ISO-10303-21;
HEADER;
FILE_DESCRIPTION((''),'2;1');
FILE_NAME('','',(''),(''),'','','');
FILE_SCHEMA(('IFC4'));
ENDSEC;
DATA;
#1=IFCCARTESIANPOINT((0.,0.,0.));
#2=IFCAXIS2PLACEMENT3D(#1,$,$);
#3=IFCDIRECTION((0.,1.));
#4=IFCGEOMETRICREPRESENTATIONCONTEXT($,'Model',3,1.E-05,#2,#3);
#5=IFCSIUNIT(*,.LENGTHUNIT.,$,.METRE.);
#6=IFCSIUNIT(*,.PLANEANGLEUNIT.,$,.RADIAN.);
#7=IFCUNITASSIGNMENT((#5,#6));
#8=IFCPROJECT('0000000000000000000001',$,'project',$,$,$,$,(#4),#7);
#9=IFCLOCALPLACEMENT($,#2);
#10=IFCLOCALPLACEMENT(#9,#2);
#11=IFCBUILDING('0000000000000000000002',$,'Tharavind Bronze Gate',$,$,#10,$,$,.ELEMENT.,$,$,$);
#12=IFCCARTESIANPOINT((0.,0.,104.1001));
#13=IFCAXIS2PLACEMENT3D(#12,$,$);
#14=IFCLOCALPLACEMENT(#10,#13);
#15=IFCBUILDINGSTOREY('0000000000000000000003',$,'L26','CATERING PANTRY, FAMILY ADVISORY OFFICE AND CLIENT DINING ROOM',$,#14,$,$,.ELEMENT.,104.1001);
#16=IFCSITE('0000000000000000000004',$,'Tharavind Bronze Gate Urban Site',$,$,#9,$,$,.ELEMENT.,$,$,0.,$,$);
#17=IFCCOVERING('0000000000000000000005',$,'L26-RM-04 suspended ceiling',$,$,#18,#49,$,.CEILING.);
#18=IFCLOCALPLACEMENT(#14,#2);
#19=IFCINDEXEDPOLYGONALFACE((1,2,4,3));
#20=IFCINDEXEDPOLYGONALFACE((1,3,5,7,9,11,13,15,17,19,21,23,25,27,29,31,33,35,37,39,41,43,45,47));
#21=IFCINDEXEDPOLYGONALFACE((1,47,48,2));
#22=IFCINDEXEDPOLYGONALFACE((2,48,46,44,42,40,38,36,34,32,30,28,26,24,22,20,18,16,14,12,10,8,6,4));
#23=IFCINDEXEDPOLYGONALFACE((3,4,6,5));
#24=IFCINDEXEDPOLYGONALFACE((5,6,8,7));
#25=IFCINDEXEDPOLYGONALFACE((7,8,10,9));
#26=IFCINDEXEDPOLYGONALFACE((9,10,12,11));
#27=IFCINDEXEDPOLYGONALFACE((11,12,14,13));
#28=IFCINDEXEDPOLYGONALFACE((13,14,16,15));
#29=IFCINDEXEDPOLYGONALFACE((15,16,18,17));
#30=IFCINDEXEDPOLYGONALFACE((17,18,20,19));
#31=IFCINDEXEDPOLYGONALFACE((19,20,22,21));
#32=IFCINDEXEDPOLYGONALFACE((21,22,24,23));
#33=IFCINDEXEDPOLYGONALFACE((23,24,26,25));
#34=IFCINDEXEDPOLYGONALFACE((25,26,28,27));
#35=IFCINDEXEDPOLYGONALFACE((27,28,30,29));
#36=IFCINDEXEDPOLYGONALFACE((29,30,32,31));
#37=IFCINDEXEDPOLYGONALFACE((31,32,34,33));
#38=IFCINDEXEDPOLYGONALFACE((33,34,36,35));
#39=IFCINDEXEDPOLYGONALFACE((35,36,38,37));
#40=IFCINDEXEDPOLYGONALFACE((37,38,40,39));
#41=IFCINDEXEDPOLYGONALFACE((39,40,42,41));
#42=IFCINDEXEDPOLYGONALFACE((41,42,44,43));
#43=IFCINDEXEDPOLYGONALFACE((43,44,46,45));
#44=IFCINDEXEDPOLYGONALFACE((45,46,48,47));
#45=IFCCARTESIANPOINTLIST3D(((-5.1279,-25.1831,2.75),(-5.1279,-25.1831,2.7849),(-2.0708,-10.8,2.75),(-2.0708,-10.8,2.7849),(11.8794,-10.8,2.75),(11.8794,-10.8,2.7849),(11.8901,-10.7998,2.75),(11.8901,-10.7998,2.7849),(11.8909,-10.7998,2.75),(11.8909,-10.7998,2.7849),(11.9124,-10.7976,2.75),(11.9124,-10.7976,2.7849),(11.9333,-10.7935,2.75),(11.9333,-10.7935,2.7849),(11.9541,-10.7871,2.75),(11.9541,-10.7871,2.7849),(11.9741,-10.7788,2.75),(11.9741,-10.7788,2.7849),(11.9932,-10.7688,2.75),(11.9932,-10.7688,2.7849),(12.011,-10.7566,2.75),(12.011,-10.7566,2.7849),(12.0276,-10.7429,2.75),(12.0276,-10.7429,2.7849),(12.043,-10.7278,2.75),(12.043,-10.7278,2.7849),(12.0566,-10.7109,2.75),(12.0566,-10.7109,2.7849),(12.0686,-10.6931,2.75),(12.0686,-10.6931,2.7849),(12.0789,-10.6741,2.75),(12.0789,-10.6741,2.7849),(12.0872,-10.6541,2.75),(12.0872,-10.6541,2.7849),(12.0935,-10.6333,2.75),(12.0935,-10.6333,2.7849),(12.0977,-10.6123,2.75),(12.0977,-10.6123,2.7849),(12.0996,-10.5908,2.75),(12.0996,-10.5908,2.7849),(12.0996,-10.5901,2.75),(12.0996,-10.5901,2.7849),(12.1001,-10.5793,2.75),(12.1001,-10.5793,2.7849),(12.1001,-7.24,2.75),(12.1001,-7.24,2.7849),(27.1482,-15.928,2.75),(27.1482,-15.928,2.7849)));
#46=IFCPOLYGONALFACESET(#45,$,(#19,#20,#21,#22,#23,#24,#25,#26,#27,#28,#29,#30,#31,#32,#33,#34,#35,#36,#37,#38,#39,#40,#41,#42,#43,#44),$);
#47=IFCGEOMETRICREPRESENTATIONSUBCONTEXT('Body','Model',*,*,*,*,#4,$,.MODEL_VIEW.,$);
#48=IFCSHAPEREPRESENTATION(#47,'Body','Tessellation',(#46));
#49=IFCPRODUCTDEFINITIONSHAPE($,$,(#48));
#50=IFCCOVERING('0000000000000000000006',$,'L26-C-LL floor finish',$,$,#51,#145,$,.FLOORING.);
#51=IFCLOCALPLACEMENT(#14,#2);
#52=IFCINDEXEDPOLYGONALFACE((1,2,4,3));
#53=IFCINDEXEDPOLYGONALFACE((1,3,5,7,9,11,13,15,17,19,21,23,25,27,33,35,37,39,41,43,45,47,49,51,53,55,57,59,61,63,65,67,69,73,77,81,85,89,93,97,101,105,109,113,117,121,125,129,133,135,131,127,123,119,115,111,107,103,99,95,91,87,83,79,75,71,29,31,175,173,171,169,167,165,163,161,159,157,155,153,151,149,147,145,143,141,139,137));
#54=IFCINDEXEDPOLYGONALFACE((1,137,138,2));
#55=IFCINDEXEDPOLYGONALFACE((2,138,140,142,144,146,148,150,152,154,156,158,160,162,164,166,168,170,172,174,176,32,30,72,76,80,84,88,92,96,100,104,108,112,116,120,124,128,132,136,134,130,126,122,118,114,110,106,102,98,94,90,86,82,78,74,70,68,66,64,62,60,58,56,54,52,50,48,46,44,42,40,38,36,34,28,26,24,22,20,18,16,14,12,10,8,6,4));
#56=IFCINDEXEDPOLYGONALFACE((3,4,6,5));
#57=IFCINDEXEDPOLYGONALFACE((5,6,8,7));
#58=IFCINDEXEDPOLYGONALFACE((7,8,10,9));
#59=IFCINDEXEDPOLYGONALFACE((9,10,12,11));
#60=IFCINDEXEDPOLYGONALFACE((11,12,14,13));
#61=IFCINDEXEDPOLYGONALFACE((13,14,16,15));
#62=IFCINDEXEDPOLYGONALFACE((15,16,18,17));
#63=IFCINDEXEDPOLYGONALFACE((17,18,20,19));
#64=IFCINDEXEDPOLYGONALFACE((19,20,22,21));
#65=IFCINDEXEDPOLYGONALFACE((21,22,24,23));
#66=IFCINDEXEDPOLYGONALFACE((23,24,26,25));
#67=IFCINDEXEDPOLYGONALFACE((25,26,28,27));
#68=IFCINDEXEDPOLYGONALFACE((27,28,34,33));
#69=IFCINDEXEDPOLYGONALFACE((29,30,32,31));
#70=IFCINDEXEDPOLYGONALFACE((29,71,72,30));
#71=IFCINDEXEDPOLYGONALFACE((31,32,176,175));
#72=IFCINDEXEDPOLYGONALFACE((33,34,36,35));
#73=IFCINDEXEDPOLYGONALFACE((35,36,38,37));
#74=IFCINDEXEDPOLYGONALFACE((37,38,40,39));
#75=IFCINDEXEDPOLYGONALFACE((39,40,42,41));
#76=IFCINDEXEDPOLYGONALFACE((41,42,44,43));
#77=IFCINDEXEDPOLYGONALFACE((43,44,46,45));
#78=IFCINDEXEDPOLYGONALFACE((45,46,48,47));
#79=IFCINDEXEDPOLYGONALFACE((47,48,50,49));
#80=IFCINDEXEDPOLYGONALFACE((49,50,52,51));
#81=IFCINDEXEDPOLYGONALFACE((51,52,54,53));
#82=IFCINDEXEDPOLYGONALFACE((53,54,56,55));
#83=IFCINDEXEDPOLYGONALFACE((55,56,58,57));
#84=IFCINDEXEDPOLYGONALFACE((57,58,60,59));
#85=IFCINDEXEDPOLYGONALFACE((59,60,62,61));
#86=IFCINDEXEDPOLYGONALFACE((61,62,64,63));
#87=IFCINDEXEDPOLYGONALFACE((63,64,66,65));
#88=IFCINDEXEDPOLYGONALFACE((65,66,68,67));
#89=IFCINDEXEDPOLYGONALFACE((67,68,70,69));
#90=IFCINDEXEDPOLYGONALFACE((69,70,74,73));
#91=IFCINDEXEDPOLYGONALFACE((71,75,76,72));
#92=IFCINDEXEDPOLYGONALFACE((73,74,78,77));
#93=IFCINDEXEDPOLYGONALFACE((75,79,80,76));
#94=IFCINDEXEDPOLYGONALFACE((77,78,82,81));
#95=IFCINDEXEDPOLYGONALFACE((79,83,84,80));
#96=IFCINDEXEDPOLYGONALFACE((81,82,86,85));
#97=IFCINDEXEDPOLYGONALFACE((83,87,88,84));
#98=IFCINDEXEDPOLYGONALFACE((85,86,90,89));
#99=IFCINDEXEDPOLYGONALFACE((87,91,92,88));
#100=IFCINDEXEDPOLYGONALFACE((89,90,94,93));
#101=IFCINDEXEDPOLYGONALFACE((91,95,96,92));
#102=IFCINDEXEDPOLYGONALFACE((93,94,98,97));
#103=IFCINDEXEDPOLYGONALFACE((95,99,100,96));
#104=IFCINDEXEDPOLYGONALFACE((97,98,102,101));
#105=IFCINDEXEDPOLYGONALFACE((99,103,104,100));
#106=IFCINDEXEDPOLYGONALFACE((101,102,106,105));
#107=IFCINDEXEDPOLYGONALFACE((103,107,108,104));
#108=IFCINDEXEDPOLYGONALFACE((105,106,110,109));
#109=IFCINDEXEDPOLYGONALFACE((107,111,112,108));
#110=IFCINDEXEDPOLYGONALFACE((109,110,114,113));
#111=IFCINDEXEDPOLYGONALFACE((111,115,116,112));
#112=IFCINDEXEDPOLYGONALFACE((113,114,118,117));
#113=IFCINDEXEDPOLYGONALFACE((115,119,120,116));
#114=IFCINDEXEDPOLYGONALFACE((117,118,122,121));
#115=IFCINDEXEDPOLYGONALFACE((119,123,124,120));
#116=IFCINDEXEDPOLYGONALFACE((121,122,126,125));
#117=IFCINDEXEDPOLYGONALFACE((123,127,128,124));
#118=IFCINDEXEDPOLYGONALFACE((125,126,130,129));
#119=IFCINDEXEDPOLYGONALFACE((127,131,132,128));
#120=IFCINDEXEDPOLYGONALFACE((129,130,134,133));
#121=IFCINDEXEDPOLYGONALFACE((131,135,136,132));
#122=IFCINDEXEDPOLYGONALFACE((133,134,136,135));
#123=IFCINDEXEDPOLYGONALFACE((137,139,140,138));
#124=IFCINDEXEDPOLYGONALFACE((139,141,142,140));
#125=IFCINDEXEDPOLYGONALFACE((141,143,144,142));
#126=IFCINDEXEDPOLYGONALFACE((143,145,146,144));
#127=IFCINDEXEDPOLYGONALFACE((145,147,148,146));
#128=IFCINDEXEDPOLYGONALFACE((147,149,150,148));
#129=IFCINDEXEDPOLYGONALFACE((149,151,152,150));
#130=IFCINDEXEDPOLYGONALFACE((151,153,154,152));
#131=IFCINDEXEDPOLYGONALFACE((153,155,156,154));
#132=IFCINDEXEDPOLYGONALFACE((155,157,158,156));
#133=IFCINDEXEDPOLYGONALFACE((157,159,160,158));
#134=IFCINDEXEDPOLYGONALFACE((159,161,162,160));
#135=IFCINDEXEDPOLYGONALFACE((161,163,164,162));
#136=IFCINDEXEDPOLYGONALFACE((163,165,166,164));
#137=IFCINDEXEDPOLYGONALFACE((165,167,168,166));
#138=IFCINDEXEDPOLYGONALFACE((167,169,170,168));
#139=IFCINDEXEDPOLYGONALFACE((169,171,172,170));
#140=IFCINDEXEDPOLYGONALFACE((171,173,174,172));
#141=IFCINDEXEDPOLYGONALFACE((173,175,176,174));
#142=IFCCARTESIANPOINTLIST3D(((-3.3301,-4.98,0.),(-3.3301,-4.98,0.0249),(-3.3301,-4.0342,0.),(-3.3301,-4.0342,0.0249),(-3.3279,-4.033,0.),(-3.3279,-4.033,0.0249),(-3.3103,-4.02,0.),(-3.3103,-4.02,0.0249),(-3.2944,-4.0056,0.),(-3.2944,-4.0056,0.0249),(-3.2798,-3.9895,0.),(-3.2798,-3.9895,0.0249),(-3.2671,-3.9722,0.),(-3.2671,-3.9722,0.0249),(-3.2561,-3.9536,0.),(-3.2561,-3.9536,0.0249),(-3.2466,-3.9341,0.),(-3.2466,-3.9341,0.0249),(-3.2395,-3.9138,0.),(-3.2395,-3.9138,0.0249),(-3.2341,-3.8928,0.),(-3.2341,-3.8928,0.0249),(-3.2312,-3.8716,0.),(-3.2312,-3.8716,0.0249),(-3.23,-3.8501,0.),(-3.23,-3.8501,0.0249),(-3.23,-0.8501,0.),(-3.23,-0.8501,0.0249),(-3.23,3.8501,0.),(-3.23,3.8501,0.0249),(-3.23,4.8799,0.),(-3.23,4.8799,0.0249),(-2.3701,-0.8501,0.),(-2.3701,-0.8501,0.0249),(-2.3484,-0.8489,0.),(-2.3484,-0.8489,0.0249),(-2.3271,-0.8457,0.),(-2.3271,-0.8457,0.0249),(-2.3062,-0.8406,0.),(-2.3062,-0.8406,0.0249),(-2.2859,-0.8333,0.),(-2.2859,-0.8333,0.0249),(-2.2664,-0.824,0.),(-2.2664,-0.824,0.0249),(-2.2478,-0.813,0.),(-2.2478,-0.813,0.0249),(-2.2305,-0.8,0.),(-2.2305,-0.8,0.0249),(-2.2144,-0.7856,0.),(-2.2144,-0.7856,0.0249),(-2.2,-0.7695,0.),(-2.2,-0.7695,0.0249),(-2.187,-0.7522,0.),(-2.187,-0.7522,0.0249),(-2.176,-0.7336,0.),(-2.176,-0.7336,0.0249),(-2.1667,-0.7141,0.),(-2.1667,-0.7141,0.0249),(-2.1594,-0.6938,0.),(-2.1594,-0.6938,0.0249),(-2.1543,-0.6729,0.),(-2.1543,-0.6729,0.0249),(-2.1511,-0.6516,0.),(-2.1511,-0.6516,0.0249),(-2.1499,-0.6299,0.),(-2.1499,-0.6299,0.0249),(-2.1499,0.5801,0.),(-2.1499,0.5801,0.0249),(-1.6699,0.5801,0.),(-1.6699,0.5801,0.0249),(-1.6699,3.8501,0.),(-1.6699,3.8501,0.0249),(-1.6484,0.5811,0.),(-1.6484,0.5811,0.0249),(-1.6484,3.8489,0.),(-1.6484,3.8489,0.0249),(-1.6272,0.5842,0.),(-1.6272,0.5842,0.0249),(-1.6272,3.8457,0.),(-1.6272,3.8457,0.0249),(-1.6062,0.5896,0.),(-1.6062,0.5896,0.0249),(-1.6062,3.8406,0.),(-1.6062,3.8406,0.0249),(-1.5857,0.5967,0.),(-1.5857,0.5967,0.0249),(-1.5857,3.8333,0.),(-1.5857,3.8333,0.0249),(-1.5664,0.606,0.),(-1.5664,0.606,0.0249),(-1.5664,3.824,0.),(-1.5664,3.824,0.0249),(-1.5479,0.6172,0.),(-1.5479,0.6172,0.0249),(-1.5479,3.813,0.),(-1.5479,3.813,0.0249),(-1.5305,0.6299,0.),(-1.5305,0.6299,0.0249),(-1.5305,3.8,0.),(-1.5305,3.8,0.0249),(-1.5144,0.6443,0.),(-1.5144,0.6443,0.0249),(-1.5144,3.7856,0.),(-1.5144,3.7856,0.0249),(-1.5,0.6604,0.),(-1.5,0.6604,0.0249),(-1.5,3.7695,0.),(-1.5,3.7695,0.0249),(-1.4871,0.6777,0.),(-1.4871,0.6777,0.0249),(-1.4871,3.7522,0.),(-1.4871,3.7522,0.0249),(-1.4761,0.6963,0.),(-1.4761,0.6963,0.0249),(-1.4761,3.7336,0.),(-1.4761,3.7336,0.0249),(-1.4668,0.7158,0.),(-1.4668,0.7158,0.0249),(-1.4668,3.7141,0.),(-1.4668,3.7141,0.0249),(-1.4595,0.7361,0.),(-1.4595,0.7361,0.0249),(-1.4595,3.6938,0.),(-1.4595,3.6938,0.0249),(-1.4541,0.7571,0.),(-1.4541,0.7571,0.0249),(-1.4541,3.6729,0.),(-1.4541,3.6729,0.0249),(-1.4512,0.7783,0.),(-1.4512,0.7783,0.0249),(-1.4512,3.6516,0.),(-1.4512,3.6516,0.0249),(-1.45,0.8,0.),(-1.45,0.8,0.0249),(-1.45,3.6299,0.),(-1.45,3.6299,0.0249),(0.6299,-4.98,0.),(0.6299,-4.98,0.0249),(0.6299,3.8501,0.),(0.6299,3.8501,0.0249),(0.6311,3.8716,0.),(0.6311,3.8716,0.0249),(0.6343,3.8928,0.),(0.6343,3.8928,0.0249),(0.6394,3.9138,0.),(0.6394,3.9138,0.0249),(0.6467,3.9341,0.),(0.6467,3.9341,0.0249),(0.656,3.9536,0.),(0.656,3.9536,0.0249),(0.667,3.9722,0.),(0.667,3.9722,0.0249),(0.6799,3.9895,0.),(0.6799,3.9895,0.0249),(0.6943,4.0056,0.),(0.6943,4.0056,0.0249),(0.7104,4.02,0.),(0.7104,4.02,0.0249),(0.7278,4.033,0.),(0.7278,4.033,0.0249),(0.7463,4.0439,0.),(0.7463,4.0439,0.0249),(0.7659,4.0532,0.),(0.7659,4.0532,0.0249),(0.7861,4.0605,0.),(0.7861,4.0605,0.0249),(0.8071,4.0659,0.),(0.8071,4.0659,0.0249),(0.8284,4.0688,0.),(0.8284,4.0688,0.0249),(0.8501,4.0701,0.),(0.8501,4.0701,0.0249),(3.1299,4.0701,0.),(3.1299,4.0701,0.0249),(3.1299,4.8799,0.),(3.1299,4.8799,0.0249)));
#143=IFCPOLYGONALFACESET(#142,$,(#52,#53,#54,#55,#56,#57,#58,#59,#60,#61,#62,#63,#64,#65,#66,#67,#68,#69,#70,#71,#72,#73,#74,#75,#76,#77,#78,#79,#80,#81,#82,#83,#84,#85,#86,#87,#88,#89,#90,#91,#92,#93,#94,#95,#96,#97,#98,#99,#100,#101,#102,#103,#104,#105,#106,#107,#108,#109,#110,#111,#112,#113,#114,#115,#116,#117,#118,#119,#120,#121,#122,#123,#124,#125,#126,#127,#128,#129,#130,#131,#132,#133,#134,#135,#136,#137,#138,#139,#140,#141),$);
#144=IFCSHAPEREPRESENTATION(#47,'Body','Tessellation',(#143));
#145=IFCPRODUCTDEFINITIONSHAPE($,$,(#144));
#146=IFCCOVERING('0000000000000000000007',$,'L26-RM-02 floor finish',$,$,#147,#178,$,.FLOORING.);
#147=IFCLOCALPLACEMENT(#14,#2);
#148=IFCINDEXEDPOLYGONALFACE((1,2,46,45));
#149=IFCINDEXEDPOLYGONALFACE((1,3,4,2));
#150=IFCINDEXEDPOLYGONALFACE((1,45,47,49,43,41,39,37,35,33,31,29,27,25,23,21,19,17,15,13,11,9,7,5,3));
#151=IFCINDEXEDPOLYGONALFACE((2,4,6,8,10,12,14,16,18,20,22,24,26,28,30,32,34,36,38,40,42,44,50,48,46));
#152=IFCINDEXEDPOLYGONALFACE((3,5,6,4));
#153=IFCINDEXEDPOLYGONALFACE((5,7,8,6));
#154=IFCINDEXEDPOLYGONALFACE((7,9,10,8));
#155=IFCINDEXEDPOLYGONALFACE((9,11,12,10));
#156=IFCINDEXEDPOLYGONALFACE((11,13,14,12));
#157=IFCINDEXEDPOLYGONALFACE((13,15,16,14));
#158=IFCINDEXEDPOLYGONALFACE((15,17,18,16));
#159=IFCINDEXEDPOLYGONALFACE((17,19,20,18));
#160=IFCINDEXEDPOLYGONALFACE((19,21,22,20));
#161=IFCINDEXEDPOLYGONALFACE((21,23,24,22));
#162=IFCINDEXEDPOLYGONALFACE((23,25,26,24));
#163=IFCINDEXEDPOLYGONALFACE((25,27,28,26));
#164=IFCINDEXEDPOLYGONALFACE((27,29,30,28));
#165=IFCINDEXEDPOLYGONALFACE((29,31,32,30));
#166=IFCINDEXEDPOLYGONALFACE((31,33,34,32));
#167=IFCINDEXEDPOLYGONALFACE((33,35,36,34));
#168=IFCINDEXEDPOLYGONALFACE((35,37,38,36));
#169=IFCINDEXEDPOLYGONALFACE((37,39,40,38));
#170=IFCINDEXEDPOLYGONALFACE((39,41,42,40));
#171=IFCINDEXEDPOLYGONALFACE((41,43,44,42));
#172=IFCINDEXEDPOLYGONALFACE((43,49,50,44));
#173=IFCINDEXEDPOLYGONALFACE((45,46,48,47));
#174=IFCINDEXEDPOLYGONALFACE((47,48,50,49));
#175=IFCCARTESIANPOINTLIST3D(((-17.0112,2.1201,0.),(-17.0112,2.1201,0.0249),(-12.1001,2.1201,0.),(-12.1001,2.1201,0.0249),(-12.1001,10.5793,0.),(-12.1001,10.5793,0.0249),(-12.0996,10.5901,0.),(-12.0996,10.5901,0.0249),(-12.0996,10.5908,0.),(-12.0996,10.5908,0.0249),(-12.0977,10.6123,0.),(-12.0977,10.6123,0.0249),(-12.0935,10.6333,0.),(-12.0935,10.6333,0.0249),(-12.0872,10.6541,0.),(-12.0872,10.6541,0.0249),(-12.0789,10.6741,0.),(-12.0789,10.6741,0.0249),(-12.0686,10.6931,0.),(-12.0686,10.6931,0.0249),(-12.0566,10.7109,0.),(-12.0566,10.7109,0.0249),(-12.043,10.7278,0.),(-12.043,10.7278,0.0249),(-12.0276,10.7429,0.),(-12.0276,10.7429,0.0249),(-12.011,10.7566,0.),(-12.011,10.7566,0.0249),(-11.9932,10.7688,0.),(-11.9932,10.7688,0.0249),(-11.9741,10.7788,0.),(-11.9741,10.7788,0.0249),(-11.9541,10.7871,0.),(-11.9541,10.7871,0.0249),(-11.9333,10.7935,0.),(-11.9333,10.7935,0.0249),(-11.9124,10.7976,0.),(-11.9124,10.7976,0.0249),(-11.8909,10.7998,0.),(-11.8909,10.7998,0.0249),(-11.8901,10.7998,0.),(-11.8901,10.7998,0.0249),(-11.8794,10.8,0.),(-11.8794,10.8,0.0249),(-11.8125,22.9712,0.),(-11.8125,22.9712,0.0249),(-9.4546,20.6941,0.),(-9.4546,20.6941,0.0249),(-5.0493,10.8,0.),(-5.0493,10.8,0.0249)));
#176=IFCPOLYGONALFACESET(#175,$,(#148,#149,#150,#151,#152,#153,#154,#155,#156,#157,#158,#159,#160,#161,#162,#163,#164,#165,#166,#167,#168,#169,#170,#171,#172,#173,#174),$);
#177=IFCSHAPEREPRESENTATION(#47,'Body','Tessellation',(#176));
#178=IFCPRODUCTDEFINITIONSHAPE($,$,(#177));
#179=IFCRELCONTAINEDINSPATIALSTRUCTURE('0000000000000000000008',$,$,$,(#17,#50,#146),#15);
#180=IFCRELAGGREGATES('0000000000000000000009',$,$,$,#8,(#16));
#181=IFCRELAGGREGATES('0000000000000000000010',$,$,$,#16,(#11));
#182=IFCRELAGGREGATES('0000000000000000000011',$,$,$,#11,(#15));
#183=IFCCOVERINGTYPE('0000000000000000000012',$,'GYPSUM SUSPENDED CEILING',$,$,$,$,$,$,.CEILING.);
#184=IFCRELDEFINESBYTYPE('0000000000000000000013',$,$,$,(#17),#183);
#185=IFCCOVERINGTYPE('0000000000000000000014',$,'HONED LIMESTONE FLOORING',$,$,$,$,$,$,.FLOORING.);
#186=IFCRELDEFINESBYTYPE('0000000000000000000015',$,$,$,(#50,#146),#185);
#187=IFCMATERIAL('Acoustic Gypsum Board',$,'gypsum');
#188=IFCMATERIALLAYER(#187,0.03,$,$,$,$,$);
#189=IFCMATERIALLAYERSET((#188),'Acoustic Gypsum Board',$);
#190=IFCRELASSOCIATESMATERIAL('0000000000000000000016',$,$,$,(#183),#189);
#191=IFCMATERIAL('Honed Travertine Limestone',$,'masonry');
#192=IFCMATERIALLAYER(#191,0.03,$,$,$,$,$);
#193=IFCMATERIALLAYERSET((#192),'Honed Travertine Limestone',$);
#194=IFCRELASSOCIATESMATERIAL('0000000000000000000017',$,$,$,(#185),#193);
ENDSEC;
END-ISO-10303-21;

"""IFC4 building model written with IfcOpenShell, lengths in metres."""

from ifc_helpers import new_model, si_unit, direction, frame, origin, place, context, subcontext, project, spatial, polyline, outline, extrude, material, layer, layer_set, type_object, element, save


model = new_model("IFC4")

# Units and contexts
model_context = context("Model", 3, precision=1e-05, world=origin(), true_north=direction((0.0, 1.0)))
body_context = subcontext(model_context, "Body", "Model", "MODEL_VIEW")
ifc_project = project(units=[si_unit("LENGTHUNIT", "METRE"), si_unit("PLANEANGLEUNIT", "RADIAN")], contexts=[model_context])

# Site, building, storey
site_placement = place(None, origin())
site = spatial("IfcSite", under=ifc_project, at=site_placement, Name="Tharavind Bronze Gate Urban Site", CompositionType="ELEMENT", RefElevation=0.0)
building_placement = place(site_placement, origin())
building = spatial("IfcBuilding", under=site, at=building_placement, Name="Tharavind Bronze Gate", CompositionType="ELEMENT")
storey_placement = place(building_placement, frame((0.0, 0.0, 104.1001)))
storey = spatial("IfcBuildingStorey", under=building, at=storey_placement, Name="L26", Description="CATERING PANTRY, FAMILY ADVISORY OFFICE AND CLIENT DINING ROOM", CompositionType="ELEMENT", Elevation=104.1001)

# Coverings
ifc_material_1 = material(Name="Acoustic Gypsum Board", Category="gypsum")
ifc_layer_1 = layer(ifc_material_1, 0.03)
ifc_layer_set_1 = layer_set([ifc_layer_1], Name="Acoustic Gypsum Board")
covering_type_1 = type_object("IfcCoveringType", Name="GYPSUM SUSPENDED CEILING", PredefinedType="CEILING", material=ifc_layer_set_1)
covering_1_placement = place(storey_placement, frame((0.0, 0.0, 2.75)))
element("IfcCovering", 1, at=covering_1_placement, inside=storey, type_object=covering_type_1, Name="L26-RM-04 suspended ceiling", PredefinedType="CEILING", context=body_context, shape_type="SweptSolid", body=[
    extrude(outline(polyline([(27.1482, -15.928), (12.1001, -7.24), (12.1001, -10.5793), (12.0996, -10.5901), (12.0996, -10.5908), (12.0977, -10.6123), (12.0935, -10.6333), (12.0872, -10.6541), (12.0789, -10.6741), (12.0686, -10.6931), (12.0566, -10.7109), (12.043, -10.7278), (12.0276, -10.7429), (12.011, -10.7566), (11.9932, -10.7688), (11.9741, -10.7788), (11.9541, -10.7871), (11.9333, -10.7935), (11.9124, -10.7976), (11.8909, -10.7998), (11.8901, -10.7998), (11.8794, -10.8), (-2.0708, -10.8), (-5.1279, -25.1831), (27.1482, -15.928)])), origin(), (0.0, 0.0, 1.0), 0.0349),
])
ifc_material_2 = material(Name="Honed Travertine Limestone", Category="masonry")
ifc_layer_2 = layer(ifc_material_2, 0.03)
ifc_layer_set_2 = layer_set([ifc_layer_2], Name="Honed Travertine Limestone")
covering_type_2 = type_object("IfcCoveringType", Name="HONED LIMESTONE FLOORING", PredefinedType="FLOORING", material=ifc_layer_set_2)
covering_2_placement = place(storey_placement, origin())
element("IfcCovering", 2, at=covering_2_placement, inside=storey, type_object=covering_type_2, Name="L26-C-LL floor finish", PredefinedType="FLOORING", context=body_context, shape_type="SweptSolid", body=[
    extrude(outline(polyline([(-3.3301, -4.98), (0.6299, -4.98), (0.6299, 3.8501), (0.6311, 3.8716), (0.6343, 3.8928), (0.6394, 3.9138), (0.6467, 3.9341), (0.656, 3.9536), (0.667, 3.9722), (0.6799, 3.9895), (0.6943, 4.0056), (0.7104, 4.02), (0.7278, 4.033), (0.7463, 4.0439), (0.7659, 4.0532), (0.7861, 4.0605), (0.8071, 4.0659), (0.8284, 4.0688), (0.8501, 4.0701), (3.1299, 4.0701), (3.1299, 4.8799), (-3.23, 4.8799), (-3.23, 3.8501), (-1.6699, 3.8501), (-1.6484, 3.8489), (-1.6272, 3.8457), (-1.6062, 3.8406), (-1.5857, 3.8333), (-1.5664, 3.824), (-1.5479, 3.813), (-1.5305, 3.8), (-1.5144, 3.7856), (-1.5, 3.7695), (-1.4871, 3.7522), (-1.4761, 3.7336), (-1.4668, 3.7141), (-1.4595, 3.6938), (-1.4541, 3.6729), (-1.4512, 3.6516), (-1.45, 3.6299), (-1.45, 0.8), (-1.4512, 0.7783), (-1.4541, 0.7571), (-1.4595, 0.7361), (-1.4668, 0.7158), (-1.4761, 0.6963), (-1.4871, 0.6777), (-1.5, 0.6604), (-1.5144, 0.6443), (-1.5305, 0.6299), (-1.5479, 0.6172), (-1.5664, 0.606), (-1.5857, 0.5967), (-1.6062, 0.5896), (-1.6272, 0.5842), (-1.6484, 0.5811), (-1.6699, 0.5801), (-2.1499, 0.5801), (-2.1499, -0.6299), (-2.1511, -0.6516), (-2.1543, -0.6729), (-2.1594, -0.6938), (-2.1667, -0.7141), (-2.176, -0.7336), (-2.187, -0.7522), (-2.2, -0.7695), (-2.2144, -0.7856), (-2.2305, -0.8), (-2.2478, -0.813), (-2.2664, -0.824), (-2.2859, -0.8333), (-2.3062, -0.8406), (-2.3271, -0.8457), (-2.3484, -0.8489), (-2.3701, -0.8501), (-3.23, -0.8501), (-3.23, -3.8501), (-3.2312, -3.8716), (-3.2341, -3.8928), (-3.2395, -3.9138), (-3.2466, -3.9341), (-3.2561, -3.9536), (-3.2671, -3.9722), (-3.2798, -3.9895), (-3.2944, -4.0056), (-3.3103, -4.02), (-3.3279, -4.033), (-3.3301, -4.0342), (-3.3301, -4.98)])), origin(), (0.0, 0.0, 1.0), 0.0249),
])
covering_3_placement = place(storey_placement, origin())
element("IfcCovering", 3, at=covering_3_placement, inside=storey, type_object=covering_type_2, Name="L26-RM-02 floor finish", PredefinedType="FLOORING", context=body_context, shape_type="SweptSolid", body=[
    extrude(outline(polyline([(-12.1001, 2.1201), (-12.1001, 10.5793), (-12.0996, 10.5901), (-12.0996, 10.5908), (-12.0977, 10.6123), (-12.0935, 10.6333), (-12.0872, 10.6541), (-12.0789, 10.6741), (-12.0686, 10.6931), (-12.0566, 10.7109), (-12.043, 10.7278), (-12.0276, 10.7429), (-12.011, 10.7566), (-11.9932, 10.7688), (-11.9741, 10.7788), (-11.9541, 10.7871), (-11.9333, 10.7935), (-11.9124, 10.7976), (-11.8909, 10.7998), (-11.8901, 10.7998), (-11.8794, 10.8), (-5.0493, 10.8), (-9.4546, 20.6941), (-11.8125, 22.9712), (-17.0112, 2.1201), (-12.1001, 2.1201)])), origin(), (0.0, 0.0, 1.0), 0.0249),
])

save(model, "model.ifc")
